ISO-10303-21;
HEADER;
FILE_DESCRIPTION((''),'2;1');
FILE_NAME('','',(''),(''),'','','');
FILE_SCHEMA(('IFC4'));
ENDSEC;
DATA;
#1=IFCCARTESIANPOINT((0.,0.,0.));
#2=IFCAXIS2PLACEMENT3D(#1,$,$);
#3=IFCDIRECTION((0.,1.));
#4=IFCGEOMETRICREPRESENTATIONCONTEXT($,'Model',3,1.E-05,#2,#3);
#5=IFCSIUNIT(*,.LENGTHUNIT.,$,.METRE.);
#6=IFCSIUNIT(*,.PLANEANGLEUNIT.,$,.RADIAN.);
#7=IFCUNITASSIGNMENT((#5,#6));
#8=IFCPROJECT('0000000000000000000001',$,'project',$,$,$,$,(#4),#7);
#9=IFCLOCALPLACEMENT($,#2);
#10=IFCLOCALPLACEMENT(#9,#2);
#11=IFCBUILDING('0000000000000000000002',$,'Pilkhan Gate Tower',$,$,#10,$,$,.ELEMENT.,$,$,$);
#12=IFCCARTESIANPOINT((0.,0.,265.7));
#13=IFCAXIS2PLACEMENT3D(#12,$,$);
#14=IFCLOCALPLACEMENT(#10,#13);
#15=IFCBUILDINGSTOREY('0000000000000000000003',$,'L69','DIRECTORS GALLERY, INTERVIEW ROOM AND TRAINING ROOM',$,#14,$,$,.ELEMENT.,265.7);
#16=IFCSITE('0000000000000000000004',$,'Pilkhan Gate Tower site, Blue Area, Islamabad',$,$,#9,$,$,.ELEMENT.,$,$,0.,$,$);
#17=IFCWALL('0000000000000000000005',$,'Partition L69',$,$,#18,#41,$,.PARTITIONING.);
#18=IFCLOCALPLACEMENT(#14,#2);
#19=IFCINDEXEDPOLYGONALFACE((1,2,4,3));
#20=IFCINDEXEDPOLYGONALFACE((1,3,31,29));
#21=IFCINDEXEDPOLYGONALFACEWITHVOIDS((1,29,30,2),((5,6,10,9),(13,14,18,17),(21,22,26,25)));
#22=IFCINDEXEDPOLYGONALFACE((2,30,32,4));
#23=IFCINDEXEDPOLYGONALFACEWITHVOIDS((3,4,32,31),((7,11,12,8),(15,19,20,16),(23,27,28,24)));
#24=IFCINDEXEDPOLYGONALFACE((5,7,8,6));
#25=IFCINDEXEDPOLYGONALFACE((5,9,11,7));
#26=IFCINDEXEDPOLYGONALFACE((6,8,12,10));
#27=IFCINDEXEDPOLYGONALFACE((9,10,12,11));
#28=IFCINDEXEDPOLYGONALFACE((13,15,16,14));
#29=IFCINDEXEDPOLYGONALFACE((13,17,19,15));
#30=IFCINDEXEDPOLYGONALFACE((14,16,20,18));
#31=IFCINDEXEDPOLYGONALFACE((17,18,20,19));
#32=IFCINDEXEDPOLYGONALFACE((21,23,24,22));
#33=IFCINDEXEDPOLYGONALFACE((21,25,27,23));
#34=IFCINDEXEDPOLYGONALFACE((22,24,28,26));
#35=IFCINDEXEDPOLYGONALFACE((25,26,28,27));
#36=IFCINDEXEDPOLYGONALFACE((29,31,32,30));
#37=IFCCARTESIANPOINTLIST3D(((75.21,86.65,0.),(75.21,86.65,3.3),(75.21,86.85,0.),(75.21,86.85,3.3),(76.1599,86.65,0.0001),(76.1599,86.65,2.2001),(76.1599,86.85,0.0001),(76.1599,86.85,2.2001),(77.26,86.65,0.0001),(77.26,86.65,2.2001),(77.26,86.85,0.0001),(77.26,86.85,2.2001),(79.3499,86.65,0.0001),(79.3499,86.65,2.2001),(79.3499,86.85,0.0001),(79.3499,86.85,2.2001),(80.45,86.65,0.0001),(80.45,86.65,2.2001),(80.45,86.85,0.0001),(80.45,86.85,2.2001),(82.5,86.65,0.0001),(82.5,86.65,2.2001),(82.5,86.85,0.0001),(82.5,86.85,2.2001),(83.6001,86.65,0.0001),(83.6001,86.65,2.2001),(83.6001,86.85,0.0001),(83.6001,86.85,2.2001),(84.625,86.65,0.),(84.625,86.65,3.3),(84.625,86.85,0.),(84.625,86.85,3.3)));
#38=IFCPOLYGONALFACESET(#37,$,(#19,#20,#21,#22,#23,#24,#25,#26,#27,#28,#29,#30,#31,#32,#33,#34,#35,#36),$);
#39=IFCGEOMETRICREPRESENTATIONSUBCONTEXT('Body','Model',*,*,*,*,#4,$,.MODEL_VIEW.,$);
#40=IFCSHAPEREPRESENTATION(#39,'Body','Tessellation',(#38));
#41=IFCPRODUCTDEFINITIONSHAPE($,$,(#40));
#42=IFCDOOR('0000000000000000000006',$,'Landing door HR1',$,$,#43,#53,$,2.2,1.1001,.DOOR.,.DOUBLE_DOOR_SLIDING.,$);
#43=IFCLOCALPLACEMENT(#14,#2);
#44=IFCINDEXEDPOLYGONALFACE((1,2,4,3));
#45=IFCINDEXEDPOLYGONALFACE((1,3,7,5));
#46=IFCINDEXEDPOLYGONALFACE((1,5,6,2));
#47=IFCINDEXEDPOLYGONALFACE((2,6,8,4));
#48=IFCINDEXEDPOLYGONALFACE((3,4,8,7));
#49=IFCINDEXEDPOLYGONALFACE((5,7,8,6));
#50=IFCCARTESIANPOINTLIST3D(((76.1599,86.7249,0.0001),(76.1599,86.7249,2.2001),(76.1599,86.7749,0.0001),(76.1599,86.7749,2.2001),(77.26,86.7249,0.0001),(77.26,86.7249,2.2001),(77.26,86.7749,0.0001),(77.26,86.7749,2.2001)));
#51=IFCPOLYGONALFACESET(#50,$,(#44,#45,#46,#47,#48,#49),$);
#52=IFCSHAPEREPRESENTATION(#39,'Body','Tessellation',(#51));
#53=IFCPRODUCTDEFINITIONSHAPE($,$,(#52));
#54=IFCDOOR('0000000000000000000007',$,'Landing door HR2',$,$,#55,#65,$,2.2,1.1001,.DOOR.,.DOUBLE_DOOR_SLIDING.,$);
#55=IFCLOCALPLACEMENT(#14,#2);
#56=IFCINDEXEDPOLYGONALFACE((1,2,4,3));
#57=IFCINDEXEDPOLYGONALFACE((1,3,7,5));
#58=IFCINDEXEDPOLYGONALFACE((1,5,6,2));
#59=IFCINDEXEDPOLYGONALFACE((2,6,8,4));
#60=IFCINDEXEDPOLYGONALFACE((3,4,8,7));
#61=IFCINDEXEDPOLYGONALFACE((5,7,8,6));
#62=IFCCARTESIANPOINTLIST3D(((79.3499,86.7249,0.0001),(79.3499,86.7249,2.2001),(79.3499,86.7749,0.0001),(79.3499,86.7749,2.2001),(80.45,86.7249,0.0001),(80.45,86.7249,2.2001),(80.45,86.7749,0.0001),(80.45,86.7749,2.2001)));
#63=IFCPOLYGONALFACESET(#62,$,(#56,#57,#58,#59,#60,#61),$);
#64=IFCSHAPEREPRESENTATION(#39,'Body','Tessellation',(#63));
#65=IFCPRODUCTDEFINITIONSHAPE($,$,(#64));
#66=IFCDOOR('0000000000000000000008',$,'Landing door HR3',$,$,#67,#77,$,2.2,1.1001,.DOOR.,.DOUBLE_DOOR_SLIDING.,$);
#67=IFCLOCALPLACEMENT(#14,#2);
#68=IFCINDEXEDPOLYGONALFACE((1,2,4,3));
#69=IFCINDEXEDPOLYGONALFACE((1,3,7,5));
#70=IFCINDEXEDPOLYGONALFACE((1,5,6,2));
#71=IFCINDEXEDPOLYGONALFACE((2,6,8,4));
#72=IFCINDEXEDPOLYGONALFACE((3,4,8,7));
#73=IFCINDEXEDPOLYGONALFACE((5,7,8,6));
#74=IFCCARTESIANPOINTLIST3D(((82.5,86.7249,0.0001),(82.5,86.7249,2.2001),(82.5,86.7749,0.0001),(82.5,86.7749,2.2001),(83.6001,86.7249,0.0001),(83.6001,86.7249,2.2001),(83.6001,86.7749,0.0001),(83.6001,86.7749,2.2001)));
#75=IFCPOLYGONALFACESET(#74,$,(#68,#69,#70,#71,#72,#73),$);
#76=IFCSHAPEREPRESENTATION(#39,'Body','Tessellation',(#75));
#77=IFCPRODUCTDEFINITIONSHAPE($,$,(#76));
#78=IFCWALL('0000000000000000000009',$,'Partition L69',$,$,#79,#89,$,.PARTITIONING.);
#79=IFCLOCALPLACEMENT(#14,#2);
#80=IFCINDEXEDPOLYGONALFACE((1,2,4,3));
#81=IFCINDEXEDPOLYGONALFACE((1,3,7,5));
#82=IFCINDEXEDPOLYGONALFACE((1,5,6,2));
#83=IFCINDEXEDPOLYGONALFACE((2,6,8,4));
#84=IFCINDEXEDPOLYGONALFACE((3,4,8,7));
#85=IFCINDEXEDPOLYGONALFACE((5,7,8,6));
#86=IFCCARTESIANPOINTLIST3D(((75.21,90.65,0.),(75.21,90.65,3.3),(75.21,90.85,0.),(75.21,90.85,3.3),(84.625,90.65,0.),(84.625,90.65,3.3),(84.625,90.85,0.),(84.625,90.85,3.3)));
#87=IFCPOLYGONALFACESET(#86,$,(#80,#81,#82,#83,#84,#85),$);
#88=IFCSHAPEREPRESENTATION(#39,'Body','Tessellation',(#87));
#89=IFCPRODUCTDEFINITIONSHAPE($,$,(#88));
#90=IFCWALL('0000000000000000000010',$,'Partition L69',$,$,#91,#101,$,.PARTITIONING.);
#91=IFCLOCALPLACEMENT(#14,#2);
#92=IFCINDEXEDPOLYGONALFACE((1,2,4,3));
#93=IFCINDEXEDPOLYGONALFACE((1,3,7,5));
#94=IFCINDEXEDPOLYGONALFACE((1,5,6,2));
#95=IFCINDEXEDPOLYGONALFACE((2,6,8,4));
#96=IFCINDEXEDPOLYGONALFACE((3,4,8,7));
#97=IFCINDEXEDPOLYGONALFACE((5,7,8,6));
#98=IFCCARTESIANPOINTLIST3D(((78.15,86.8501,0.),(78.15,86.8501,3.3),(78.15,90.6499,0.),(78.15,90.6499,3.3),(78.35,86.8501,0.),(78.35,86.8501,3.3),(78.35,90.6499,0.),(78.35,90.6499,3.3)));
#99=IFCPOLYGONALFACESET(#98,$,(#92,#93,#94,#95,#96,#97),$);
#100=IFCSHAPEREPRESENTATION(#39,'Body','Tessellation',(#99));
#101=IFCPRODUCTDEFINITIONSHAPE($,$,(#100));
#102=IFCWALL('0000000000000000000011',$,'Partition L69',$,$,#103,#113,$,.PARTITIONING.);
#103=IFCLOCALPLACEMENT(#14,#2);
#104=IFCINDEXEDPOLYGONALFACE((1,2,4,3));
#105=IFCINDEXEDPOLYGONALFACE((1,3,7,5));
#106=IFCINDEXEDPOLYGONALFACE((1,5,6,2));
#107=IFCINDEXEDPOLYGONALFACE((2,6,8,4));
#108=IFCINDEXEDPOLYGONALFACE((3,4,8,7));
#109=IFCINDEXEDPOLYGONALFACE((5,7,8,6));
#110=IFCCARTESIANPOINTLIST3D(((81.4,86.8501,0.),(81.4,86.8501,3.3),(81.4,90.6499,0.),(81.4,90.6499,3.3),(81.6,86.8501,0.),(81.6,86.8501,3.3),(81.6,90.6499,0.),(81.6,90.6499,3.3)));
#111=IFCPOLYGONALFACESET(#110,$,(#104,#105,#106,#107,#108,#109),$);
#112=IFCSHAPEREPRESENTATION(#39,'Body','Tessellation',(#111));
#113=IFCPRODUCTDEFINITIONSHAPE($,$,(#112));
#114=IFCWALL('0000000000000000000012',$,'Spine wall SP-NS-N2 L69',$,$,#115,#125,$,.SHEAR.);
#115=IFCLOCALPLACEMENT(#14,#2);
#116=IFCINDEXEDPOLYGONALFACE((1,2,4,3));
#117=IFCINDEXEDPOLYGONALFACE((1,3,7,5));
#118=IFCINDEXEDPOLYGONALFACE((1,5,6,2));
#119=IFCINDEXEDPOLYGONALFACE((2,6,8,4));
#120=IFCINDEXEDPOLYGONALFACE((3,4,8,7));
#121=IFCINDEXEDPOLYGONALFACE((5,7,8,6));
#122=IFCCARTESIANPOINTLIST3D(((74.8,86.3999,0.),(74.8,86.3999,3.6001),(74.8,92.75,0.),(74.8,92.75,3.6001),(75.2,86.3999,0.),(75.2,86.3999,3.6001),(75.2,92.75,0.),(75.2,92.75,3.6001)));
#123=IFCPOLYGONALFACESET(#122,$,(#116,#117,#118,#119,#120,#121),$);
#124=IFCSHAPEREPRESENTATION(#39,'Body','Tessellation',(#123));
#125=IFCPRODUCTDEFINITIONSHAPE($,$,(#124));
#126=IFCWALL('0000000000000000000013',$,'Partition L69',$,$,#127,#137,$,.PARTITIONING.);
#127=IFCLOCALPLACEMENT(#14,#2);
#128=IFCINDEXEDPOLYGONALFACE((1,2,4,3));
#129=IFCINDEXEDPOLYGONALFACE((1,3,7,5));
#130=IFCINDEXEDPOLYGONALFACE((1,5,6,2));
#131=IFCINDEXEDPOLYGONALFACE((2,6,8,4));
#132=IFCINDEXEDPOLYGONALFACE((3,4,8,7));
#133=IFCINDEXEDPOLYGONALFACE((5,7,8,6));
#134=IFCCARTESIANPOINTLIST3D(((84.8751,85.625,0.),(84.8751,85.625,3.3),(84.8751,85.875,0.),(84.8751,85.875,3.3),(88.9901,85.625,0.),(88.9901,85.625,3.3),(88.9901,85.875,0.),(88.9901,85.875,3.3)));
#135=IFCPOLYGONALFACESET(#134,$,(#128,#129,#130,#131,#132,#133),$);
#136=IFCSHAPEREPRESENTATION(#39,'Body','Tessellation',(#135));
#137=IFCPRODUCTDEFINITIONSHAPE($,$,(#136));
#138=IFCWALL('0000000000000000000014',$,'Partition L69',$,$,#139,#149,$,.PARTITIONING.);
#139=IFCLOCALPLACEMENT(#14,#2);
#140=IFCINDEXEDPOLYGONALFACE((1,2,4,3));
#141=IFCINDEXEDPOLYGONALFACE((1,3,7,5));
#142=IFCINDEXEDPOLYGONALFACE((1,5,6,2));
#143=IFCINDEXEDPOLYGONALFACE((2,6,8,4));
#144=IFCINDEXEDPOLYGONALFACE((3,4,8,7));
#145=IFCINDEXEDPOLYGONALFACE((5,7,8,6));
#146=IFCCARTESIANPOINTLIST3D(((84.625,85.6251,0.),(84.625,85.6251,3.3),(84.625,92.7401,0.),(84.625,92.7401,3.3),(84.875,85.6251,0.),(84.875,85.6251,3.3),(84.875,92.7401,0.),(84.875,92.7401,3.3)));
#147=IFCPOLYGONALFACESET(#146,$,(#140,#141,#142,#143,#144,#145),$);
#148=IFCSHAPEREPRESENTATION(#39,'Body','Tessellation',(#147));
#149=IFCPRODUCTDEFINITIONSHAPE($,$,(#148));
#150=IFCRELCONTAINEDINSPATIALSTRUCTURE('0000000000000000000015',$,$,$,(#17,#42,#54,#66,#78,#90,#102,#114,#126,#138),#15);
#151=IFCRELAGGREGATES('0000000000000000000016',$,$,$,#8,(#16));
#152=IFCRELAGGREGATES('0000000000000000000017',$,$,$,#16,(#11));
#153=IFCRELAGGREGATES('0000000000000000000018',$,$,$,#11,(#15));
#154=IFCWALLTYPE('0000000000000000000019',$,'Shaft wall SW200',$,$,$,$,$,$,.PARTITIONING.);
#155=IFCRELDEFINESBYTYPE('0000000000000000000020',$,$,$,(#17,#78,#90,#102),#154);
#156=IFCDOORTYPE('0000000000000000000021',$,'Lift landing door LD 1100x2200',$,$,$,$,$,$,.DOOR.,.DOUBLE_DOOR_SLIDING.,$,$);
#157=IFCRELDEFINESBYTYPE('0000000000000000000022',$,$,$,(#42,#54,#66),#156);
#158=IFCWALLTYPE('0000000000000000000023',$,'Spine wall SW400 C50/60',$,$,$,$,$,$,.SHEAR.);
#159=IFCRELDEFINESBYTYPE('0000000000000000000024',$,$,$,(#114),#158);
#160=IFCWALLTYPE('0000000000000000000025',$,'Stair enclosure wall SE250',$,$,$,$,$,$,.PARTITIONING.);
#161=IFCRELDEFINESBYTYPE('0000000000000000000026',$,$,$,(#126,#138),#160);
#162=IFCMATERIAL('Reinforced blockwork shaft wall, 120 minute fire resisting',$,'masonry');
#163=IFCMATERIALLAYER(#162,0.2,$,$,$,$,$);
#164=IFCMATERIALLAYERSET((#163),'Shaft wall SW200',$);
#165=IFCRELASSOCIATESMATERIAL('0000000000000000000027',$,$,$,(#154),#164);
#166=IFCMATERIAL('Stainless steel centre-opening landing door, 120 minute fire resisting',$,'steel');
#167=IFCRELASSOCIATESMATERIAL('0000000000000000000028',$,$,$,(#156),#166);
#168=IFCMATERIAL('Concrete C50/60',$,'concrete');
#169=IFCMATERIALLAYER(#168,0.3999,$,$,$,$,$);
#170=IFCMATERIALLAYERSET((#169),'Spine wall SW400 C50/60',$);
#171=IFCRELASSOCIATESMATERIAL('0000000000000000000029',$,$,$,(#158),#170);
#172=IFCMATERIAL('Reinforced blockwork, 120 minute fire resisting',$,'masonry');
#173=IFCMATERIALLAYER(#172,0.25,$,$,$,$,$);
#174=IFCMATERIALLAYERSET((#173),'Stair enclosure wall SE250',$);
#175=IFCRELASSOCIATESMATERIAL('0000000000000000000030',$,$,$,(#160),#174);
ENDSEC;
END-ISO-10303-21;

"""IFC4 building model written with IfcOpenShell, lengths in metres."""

from ifc_helpers import new_model, si_unit, direction, frame, frame_2d, origin, place, context, subcontext, project, spatial, rectangle, extrude, material, layer, layer_set, type_object, element, fill, save


model = new_model("IFC4")

# Units and contexts
model_context = context("Model", 3, precision=1e-05, world=origin(), true_north=direction((0.0, 1.0)))
body_context = subcontext(model_context, "Body", "Model", "MODEL_VIEW")
ifc_project = project(units=[si_unit("LENGTHUNIT", "METRE"), si_unit("PLANEANGLEUNIT", "RADIAN")], contexts=[model_context])

# Site, building, storey
site_placement = place(None, origin())
site = spatial("IfcSite", under=ifc_project, at=site_placement, Name="Pilkhan Gate Tower site, Blue Area, Islamabad", CompositionType="ELEMENT", RefElevation=0.0)
building_placement = place(site_placement, origin())
building = spatial("IfcBuilding", under=site, at=building_placement, Name="Pilkhan Gate Tower", CompositionType="ELEMENT")
storey_placement = place(building_placement, frame((0.0, 0.0, 265.7)))
storey = spatial("IfcBuildingStorey", under=building, at=storey_placement, Name="L69", Description="DIRECTORS GALLERY, INTERVIEW ROOM AND TRAINING ROOM", CompositionType="ELEMENT", Elevation=265.7)

# Shared definitions
ifc_material_1 = material(Name="Concrete C50/60", Category="concrete")

# Wall, openings, doors
ifc_material_2 = material(Name="Reinforced blockwork shaft wall, 120 minute fire resisting", Category="masonry")
ifc_layer_1 = layer(ifc_material_2, 0.2)
ifc_layer_set_1 = layer_set([ifc_layer_1], Name="Shaft wall SW200")
wall_type_1 = type_object("IfcWallType", Name="Shaft wall SW200", PredefinedType="PARTITIONING", material=ifc_layer_set_1)
wall_1_placement = place(storey_placement, frame((75.21, 86.75, 0.0), z_axis=(0.0, 0.0, 1.0), x_axis=(1.0, 0.0, 0.0)))
wall_1 = element("IfcWall", 1, at=wall_1_placement, inside=storey, type_object=wall_type_1, Name="Partition L69", PredefinedType="PARTITIONING", context=body_context, shape_type="SweptSolid", body=[
    extrude(rectangle(XDim=9.415, YDim=0.2, at=frame_2d((4.7075, 0.0))), origin(), (0.0, 0.0, 1.0), 3.3),
])
opening_1_placement = place(wall_1_placement, frame((0.95, 0.0, 0.0)))
opening_1 = element("IfcOpeningElement", 2, at=opening_1_placement, cuts=wall_1, PredefinedType="OPENING", context=body_context, shape_type="SweptSolid", body=[
    extrude(rectangle(XDim=1.1001, YDim=2.2, at=frame_2d((0.55, 1.1001))), frame((0.0, 0.1099, 0.0), z_axis=(0.0, -1.0, 0.0), x_axis=(1.0, 0.0, 0.0)), (0.0, 0.0, 1.0), 0.22),
])
opening_2_placement = place(wall_1_placement, frame((4.1399, 0.0, 0.0)))
opening_2 = element("IfcOpeningElement", 3, at=opening_2_placement, cuts=wall_1, PredefinedType="OPENING", context=body_context, shape_type="SweptSolid", body=[
    extrude(rectangle(XDim=1.1001, YDim=2.2, at=frame_2d((0.55, 1.1001))), frame((0.0, 0.1099, 0.0), z_axis=(0.0, -1.0, 0.0), x_axis=(1.0, 0.0, 0.0)), (0.0, 0.0, 1.0), 0.22),
])
opening_3_placement = place(wall_1_placement, frame((7.29, 0.0, 0.0)))
opening_3 = element("IfcOpeningElement", 4, at=opening_3_placement, cuts=wall_1, PredefinedType="OPENING", context=body_context, shape_type="SweptSolid", body=[
    extrude(rectangle(XDim=1.1001, YDim=2.2, at=frame_2d((0.55, 1.1001))), frame((0.0, 0.1099, 0.0), z_axis=(0.0, -1.0, 0.0), x_axis=(1.0, 0.0, 0.0)), (0.0, 0.0, 1.0), 0.22),
])
ifc_material_3 = material(Name="Stainless steel centre-opening landing door, 120 minute fire resisting", Category="steel")
door_type = type_object("IfcDoorType", Name="Lift landing door LD 1100x2200", OperationType="DOUBLE_DOOR_SLIDING", PredefinedType="DOOR", material=ifc_material_3)
door_1_placement = place(opening_1_placement, origin())
door_1 = element("IfcDoor", 5, at=door_1_placement, inside=storey, type_object=door_type, Name="Landing door HR1", OperationType="DOUBLE_DOOR_SLIDING", OverallHeight=2.2, OverallWidth=1.1001, PredefinedType="DOOR", context=body_context, shape_type="SweptSolid", body=[
    extrude(rectangle(XDim=1.1001, YDim=2.2, at=frame_2d((0.55, 1.1001))), frame((0.0, 0.0249, 0.0), z_axis=(0.0, -1.0, 0.0), x_axis=(1.0, 0.0, 0.0)), (0.0, 0.0, 1.0), 0.05),
])
fill(opening_1, door_1)
door_2_placement = place(opening_2_placement, origin())
door_2 = element("IfcDoor", 6, at=door_2_placement, inside=storey, type_object=door_type, Name="Landing door HR2", OperationType="DOUBLE_DOOR_SLIDING", OverallHeight=2.2, OverallWidth=1.1001, PredefinedType="DOOR", context=body_context, shape_type="SweptSolid", body=[
    extrude(rectangle(XDim=1.1001, YDim=2.2, at=frame_2d((0.55, 1.1001))), frame((0.0, 0.0249, 0.0), z_axis=(0.0, -1.0, 0.0), x_axis=(1.0, 0.0, 0.0)), (0.0, 0.0, 1.0), 0.05),
])
fill(opening_2, door_2)
door_3_placement = place(opening_3_placement, origin())
door_3 = element("IfcDoor", 7, at=door_3_placement, inside=storey, type_object=door_type, Name="Landing door HR3", OperationType="DOUBLE_DOOR_SLIDING", OverallHeight=2.2, OverallWidth=1.1001, PredefinedType="DOOR", context=body_context, shape_type="SweptSolid", body=[
    extrude(rectangle(XDim=1.1001, YDim=2.2, at=frame_2d((0.55, 1.1001))), frame((0.0, 0.0249, 0.0), z_axis=(0.0, -1.0, 0.0), x_axis=(1.0, 0.0, 0.0)), (0.0, 0.0, 1.0), 0.05),
])
fill(opening_3, door_3)

# Walls
wall_2_placement = place(storey_placement, frame((75.21, 90.75, 0.0), z_axis=(0.0, 0.0, 1.0), x_axis=(1.0, 0.0, 0.0)))
element("IfcWall", 8, at=wall_2_placement, inside=storey, type_object=wall_type_1, Name="Partition L69", PredefinedType="PARTITIONING", context=body_context, shape_type="SweptSolid", body=[
    extrude(rectangle(XDim=9.415, YDim=0.2, at=frame_2d((4.7075, 0.0))), origin(), (0.0, 0.0, 1.0), 3.3),
])
for number, where, z_axis, x_axis, name in (
    (9, (78.25, 86.8501, 0.0), (0.0, 0.0, 1.0), (0.0, 1.0, 0.0), "Partition L69"),
    (10, (81.5, 86.8501, 0.0), (0.0, 0.0, 1.0), (0.0, 1.0, 0.0), "Partition L69"),
):
    element("IfcWall", number, at=place(storey_placement, frame(where, z_axis=z_axis, x_axis=x_axis)), inside=storey, type_object=wall_type_1, Name=name, PredefinedType="PARTITIONING", context=body_context, shape_type="SweptSolid", body=[
        extrude(rectangle(XDim=3.7998, YDim=0.2, at=frame_2d((1.8999, 0.0))), origin(), (0.0, 0.0, 1.0), 3.3),
    ])
ifc_layer_2 = layer(ifc_material_1, 0.3999)
ifc_layer_set_2 = layer_set([ifc_layer_2], Name="Spine wall SW400 C50/60")
wall_type_2 = type_object("IfcWallType", Name="Spine wall SW400 C50/60", PredefinedType="SHEAR", material=ifc_layer_set_2)
wall_3_placement = place(storey_placement, frame((75.0, 86.3999, 0.0), z_axis=(0.0, 0.0, 1.0), x_axis=(0.0, 1.0, 0.0)))
element("IfcWall", 11, at=wall_3_placement, inside=storey, type_object=wall_type_2, Name="Spine wall SP-NS-N2 L69", PredefinedType="SHEAR", context=body_context, shape_type="SweptSolid", body=[
    extrude(rectangle(XDim=6.3501, YDim=0.3999, at=frame_2d((3.175, 0.0))), origin(), (0.0, 0.0, 1.0), 3.6001),
])
ifc_material_4 = material(Name="Reinforced blockwork, 120 minute fire resisting", Category="masonry")
ifc_layer_3 = layer(ifc_material_4, 0.25)
ifc_layer_set_3 = layer_set([ifc_layer_3], Name="Stair enclosure wall SE250")
wall_type_3 = type_object("IfcWallType", Name="Stair enclosure wall SE250", PredefinedType="PARTITIONING", material=ifc_layer_set_3)
wall_4_placement = place(storey_placement, frame((84.875, 85.75, 0.0), z_axis=(0.0, 0.0, 1.0), x_axis=(1.0, 0.0, 0.0)))
element("IfcWall", 12, at=wall_4_placement, inside=storey, type_object=wall_type_3, Name="Partition L69", PredefinedType="PARTITIONING", context=body_context, shape_type="SweptSolid", body=[
    extrude(rectangle(XDim=4.115, YDim=0.25, at=frame_2d((2.0576, 0.0))), origin(), (0.0, 0.0, 1.0), 3.3),
])
wall_5_placement = place(storey_placement, frame((84.75, 85.625, 0.0), z_axis=(0.0, 0.0, 1.0), x_axis=(0.0, 1.0, 0.0)))
element("IfcWall", 13, at=wall_5_placement, inside=storey, type_object=wall_type_3, Name="Partition L69", PredefinedType="PARTITIONING", context=body_context, shape_type="SweptSolid", body=[
    extrude(rectangle(XDim=7.115, YDim=0.25, at=frame_2d((3.5576, 0.0))), origin(), (0.0, 0.0, 1.0), 3.3),
])

save(model, "model.ifc")
